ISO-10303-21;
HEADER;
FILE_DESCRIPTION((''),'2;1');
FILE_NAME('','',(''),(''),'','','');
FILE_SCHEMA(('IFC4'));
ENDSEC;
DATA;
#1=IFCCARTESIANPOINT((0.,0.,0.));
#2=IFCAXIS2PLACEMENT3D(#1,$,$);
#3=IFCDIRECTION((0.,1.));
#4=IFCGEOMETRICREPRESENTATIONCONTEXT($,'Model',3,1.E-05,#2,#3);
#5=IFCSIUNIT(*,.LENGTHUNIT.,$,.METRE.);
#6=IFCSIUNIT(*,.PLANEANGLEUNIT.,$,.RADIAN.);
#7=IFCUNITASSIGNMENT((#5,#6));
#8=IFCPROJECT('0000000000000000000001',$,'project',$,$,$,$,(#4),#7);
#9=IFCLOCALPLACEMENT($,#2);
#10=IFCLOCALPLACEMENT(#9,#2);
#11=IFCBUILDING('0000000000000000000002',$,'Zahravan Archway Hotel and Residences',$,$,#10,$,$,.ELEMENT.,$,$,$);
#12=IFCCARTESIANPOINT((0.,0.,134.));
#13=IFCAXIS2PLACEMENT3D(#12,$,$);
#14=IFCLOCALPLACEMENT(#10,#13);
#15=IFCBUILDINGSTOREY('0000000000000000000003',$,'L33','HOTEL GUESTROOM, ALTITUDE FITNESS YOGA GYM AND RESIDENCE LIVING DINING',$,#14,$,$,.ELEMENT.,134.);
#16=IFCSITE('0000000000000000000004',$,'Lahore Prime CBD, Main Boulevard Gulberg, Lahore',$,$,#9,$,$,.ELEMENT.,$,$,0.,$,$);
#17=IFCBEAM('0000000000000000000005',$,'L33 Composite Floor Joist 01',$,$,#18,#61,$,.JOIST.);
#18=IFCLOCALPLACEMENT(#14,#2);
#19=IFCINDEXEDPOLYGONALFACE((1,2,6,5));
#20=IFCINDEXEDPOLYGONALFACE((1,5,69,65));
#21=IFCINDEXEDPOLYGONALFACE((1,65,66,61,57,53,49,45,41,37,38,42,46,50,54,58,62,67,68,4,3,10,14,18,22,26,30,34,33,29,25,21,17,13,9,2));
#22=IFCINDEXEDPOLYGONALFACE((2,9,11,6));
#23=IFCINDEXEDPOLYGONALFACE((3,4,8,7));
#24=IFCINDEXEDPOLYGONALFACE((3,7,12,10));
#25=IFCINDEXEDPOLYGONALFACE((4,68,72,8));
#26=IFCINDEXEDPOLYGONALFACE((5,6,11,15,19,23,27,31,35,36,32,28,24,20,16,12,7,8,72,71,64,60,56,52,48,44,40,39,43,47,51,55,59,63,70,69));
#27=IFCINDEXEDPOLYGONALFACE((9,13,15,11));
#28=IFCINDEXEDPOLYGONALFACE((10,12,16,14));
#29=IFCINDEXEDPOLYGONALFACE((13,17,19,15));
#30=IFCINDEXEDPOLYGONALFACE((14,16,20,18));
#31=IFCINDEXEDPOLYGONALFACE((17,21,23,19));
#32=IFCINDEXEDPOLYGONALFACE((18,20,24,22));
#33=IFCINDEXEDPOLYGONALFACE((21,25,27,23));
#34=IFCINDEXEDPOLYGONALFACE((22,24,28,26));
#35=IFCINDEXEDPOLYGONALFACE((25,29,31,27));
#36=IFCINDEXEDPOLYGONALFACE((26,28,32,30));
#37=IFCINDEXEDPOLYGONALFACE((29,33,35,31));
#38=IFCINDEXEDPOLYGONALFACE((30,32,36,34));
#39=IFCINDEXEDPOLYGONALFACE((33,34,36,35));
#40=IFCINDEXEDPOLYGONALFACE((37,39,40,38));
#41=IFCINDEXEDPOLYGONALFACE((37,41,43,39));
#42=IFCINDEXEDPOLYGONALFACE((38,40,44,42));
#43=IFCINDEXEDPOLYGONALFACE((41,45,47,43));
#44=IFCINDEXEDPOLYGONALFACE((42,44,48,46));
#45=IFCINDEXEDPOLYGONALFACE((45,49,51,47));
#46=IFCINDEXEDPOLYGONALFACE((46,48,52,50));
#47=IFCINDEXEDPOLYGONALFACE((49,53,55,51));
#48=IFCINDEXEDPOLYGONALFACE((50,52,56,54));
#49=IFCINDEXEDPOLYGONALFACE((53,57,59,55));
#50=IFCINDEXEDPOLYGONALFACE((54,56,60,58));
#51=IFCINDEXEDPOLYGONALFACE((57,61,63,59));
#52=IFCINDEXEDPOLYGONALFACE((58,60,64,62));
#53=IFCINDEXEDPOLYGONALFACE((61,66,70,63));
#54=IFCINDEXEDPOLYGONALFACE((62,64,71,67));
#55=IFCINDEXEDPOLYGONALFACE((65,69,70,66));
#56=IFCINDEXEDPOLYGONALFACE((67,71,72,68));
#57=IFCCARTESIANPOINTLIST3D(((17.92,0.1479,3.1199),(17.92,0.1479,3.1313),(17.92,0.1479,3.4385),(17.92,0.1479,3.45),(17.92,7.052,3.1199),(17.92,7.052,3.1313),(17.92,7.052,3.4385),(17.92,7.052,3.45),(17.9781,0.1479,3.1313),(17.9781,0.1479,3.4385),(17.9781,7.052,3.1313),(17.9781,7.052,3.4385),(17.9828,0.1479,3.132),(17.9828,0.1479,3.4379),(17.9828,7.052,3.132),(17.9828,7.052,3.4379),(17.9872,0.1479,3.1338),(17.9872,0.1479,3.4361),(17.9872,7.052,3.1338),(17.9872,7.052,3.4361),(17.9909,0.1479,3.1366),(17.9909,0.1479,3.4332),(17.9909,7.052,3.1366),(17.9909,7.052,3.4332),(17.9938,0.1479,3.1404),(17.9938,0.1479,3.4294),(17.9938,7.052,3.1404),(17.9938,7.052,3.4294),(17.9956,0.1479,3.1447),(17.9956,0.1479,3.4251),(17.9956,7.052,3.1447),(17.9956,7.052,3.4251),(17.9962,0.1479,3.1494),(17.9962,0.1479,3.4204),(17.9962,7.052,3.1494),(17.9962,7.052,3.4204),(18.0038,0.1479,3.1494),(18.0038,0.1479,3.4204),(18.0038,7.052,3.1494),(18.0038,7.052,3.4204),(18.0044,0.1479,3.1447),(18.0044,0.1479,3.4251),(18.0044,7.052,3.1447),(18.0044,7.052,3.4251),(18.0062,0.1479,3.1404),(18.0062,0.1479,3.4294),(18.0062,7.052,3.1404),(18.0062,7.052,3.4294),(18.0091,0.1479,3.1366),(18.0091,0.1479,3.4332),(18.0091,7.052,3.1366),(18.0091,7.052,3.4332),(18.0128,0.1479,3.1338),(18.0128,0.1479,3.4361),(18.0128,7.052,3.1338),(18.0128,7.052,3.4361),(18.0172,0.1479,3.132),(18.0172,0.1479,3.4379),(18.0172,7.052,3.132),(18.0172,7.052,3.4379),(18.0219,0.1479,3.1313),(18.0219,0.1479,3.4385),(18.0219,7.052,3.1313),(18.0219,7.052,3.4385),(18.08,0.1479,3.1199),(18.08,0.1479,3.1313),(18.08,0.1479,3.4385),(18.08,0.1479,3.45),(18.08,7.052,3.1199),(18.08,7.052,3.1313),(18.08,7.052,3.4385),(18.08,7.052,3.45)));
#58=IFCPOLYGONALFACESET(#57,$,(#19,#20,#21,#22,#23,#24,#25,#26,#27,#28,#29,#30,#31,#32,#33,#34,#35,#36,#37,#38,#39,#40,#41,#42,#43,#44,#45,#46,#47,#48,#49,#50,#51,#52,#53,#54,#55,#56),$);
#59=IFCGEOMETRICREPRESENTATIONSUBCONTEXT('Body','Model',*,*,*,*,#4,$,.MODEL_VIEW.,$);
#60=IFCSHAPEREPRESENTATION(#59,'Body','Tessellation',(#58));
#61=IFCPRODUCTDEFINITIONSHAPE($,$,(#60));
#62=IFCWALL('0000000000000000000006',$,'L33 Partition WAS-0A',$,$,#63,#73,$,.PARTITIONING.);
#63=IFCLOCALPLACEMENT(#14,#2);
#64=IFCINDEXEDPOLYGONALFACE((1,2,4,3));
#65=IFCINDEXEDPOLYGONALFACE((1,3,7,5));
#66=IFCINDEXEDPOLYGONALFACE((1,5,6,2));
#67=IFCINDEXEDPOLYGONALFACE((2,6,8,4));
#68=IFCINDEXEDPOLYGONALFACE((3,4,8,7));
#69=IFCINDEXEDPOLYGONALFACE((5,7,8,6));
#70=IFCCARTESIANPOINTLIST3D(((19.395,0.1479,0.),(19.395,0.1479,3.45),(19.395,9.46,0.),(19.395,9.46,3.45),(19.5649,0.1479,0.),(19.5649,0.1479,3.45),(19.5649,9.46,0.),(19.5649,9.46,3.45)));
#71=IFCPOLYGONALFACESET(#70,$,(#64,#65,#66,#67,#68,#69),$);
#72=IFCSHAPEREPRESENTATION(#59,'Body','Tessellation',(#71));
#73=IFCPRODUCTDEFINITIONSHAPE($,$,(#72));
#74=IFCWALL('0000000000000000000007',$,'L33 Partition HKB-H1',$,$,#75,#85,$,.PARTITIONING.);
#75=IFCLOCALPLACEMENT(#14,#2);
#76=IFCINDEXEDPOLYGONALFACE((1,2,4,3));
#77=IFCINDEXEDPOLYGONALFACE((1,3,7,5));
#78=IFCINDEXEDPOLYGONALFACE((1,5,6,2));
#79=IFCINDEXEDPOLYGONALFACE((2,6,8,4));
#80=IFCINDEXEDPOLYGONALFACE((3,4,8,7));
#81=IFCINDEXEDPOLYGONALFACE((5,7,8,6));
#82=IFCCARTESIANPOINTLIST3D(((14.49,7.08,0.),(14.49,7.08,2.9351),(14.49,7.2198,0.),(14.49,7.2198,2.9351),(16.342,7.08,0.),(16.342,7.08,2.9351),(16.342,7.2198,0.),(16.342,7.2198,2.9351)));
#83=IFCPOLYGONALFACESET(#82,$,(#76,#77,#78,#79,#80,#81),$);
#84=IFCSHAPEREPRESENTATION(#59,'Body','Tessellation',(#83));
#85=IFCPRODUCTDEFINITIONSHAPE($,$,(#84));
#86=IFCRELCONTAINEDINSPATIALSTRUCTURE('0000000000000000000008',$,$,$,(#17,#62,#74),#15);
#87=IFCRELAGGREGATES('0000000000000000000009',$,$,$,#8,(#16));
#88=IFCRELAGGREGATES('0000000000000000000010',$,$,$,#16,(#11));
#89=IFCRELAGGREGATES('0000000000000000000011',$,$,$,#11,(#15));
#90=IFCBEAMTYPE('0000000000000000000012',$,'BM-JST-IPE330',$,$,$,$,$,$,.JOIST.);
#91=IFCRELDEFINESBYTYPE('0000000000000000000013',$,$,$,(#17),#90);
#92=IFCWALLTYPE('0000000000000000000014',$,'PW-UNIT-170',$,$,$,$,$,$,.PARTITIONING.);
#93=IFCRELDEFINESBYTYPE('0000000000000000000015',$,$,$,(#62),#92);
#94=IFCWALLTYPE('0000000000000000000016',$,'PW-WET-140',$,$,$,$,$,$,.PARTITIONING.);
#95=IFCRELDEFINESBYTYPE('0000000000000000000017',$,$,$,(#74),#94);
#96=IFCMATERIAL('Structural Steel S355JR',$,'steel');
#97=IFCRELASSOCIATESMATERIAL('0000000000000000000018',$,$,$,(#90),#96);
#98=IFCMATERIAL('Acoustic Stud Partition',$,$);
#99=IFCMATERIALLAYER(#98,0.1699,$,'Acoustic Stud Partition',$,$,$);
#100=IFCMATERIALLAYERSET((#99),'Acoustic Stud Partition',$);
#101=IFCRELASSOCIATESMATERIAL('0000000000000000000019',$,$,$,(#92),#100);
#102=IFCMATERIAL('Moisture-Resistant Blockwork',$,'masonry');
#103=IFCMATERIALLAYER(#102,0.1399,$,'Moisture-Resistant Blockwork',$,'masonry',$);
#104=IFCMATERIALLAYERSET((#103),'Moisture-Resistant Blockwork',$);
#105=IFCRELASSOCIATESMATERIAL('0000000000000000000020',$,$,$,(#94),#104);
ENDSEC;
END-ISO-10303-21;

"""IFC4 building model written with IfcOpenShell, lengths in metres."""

from ifc_helpers import new_model, si_unit, direction, frame, frame_2d, origin, origin_2d, place, context, subcontext, project, spatial, rectangle, i_section, extrude, source, transform, mapped, material, layer, layer_set, material_profile, profile_set, type_object, type_shapes, element, save


model = new_model("IFC4")

# Units and contexts
model_context = context("Model", 3, precision=1e-05, world=origin(), true_north=direction((0.0, 1.0)))
body_context = subcontext(model_context, "Body", "Model", "MODEL_VIEW")
ifc_project = project(units=[si_unit("LENGTHUNIT", "METRE"), si_unit("PLANEANGLEUNIT", "RADIAN")], contexts=[model_context])

# Site, building, storey
site_placement = place(None, origin())
site = spatial("IfcSite", under=ifc_project, at=site_placement, Name="Lahore Prime CBD, Main Boulevard Gulberg, Lahore", CompositionType="ELEMENT", RefElevation=0.0)
building_placement = place(site_placement, origin())
building = spatial("IfcBuilding", under=site, at=building_placement, Name="Zahravan Archway Hotel and Residences", CompositionType="ELEMENT")
storey_placement = place(building_placement, frame((0.0, 0.0, 134.0)))
storey = spatial("IfcBuildingStorey", under=building, at=storey_placement, Name="L33", Description="HOTEL GUESTROOM, ALTITUDE FITNESS YOGA GYM AND RESIDENCE LIVING DINING", CompositionType="ELEMENT", Elevation=134.0)

# Beam
ifc_material_1 = material(Name="Structural Steel S355JR", Category="steel")
ifc_material_profile_1 = material_profile(ifc_material_1, i_section(OverallWidth=0.1599, OverallDepth=0.3301, WebThickness=0.0076, FlangeThickness=0.0115, FilletRadius=0.0181, at=origin_2d()), Name="IPE 330", Category="steel")
ifc_profile_set_1 = profile_set([ifc_material_profile_1], Name="Structural Steel S355JR")
beam_type_1 = type_object("IfcBeamType", Name="BM-JST-IPE330", PredefinedType="JOIST", material=ifc_profile_set_1)
shared_shape_1 = source(origin(), body_context, "Body", "SweptSolid", [
    extrude(i_section(OverallWidth=0.1599, OverallDepth=0.3301, WebThickness=0.0076, FlangeThickness=0.0115, FilletRadius=0.0181, at=origin_2d()), origin(), (0.0, 0.0, 1.0), 6.9041),
])
type_shapes(beam_type_1, [shared_shape_1])
beam_1_placement = place(storey_placement, frame((18.0, 0.1479, 3.2849), z_axis=(0.0, 1.0, 0.0), x_axis=(-1.0, 0.0, 0.0)))
element("IfcBeam", 1, at=beam_1_placement, inside=storey, type_object=beam_type_1, Name="L33 Composite Floor Joist 01", PredefinedType="JOIST", context=body_context, shape_type="MappedRepresentation", body=[
    mapped(shared_shape_1, transform((0.0, 0.0, 0.0), scale=1.0)),
])

# Walls
ifc_material_2 = material(Name="Acoustic Stud Partition")
ifc_layer_1 = layer(ifc_material_2, 0.1699, Name="Acoustic Stud Partition")
ifc_layer_set_1 = layer_set([ifc_layer_1], Name="Acoustic Stud Partition")
wall_type_1 = type_object("IfcWallType", Name="PW-UNIT-170", PredefinedType="PARTITIONING", material=ifc_layer_set_1)
wall_1_placement = place(storey_placement, frame((19.48, 0.1479, 0.0), z_axis=(0.0, 0.0, 1.0), x_axis=(0.0, 1.0, 0.0)))
element("IfcWall", 2, at=wall_1_placement, inside=storey, type_object=wall_type_1, Name="L33 Partition WAS-0A", PredefinedType="PARTITIONING", context=body_context, shape_type="SweptSolid", body=[
    extrude(rectangle(XDim=9.312, YDim=0.1699, at=frame_2d((4.656, 0.0))), origin(), (0.0, 0.0, 1.0), 3.45),
])
ifc_material_3 = material(Name="Moisture-Resistant Blockwork", Category="masonry")
ifc_layer_2 = layer(ifc_material_3, 0.1399, Name="Moisture-Resistant Blockwork", Category="masonry")
ifc_layer_set_2 = layer_set([ifc_layer_2], Name="Moisture-Resistant Blockwork")
wall_type_2 = type_object("IfcWallType", Name="PW-WET-140", PredefinedType="PARTITIONING", material=ifc_layer_set_2)
wall_2_placement = place(storey_placement, frame((14.49, 7.1499, 0.0), z_axis=(0.0, 0.0, 1.0), x_axis=(1.0, 0.0, 0.0)))
element("IfcWall", 3, at=wall_2_placement, inside=storey, type_object=wall_type_2, Name="L33 Partition HKB-H1", PredefinedType="PARTITIONING", context=body_context, shape_type="SweptSolid", body=[
    extrude(rectangle(XDim=1.8521, YDim=0.1399, at=frame_2d((0.926, 0.0))), origin(), (0.0, 0.0, 1.0), 2.9351),
])

save(model, "model.ifc")
